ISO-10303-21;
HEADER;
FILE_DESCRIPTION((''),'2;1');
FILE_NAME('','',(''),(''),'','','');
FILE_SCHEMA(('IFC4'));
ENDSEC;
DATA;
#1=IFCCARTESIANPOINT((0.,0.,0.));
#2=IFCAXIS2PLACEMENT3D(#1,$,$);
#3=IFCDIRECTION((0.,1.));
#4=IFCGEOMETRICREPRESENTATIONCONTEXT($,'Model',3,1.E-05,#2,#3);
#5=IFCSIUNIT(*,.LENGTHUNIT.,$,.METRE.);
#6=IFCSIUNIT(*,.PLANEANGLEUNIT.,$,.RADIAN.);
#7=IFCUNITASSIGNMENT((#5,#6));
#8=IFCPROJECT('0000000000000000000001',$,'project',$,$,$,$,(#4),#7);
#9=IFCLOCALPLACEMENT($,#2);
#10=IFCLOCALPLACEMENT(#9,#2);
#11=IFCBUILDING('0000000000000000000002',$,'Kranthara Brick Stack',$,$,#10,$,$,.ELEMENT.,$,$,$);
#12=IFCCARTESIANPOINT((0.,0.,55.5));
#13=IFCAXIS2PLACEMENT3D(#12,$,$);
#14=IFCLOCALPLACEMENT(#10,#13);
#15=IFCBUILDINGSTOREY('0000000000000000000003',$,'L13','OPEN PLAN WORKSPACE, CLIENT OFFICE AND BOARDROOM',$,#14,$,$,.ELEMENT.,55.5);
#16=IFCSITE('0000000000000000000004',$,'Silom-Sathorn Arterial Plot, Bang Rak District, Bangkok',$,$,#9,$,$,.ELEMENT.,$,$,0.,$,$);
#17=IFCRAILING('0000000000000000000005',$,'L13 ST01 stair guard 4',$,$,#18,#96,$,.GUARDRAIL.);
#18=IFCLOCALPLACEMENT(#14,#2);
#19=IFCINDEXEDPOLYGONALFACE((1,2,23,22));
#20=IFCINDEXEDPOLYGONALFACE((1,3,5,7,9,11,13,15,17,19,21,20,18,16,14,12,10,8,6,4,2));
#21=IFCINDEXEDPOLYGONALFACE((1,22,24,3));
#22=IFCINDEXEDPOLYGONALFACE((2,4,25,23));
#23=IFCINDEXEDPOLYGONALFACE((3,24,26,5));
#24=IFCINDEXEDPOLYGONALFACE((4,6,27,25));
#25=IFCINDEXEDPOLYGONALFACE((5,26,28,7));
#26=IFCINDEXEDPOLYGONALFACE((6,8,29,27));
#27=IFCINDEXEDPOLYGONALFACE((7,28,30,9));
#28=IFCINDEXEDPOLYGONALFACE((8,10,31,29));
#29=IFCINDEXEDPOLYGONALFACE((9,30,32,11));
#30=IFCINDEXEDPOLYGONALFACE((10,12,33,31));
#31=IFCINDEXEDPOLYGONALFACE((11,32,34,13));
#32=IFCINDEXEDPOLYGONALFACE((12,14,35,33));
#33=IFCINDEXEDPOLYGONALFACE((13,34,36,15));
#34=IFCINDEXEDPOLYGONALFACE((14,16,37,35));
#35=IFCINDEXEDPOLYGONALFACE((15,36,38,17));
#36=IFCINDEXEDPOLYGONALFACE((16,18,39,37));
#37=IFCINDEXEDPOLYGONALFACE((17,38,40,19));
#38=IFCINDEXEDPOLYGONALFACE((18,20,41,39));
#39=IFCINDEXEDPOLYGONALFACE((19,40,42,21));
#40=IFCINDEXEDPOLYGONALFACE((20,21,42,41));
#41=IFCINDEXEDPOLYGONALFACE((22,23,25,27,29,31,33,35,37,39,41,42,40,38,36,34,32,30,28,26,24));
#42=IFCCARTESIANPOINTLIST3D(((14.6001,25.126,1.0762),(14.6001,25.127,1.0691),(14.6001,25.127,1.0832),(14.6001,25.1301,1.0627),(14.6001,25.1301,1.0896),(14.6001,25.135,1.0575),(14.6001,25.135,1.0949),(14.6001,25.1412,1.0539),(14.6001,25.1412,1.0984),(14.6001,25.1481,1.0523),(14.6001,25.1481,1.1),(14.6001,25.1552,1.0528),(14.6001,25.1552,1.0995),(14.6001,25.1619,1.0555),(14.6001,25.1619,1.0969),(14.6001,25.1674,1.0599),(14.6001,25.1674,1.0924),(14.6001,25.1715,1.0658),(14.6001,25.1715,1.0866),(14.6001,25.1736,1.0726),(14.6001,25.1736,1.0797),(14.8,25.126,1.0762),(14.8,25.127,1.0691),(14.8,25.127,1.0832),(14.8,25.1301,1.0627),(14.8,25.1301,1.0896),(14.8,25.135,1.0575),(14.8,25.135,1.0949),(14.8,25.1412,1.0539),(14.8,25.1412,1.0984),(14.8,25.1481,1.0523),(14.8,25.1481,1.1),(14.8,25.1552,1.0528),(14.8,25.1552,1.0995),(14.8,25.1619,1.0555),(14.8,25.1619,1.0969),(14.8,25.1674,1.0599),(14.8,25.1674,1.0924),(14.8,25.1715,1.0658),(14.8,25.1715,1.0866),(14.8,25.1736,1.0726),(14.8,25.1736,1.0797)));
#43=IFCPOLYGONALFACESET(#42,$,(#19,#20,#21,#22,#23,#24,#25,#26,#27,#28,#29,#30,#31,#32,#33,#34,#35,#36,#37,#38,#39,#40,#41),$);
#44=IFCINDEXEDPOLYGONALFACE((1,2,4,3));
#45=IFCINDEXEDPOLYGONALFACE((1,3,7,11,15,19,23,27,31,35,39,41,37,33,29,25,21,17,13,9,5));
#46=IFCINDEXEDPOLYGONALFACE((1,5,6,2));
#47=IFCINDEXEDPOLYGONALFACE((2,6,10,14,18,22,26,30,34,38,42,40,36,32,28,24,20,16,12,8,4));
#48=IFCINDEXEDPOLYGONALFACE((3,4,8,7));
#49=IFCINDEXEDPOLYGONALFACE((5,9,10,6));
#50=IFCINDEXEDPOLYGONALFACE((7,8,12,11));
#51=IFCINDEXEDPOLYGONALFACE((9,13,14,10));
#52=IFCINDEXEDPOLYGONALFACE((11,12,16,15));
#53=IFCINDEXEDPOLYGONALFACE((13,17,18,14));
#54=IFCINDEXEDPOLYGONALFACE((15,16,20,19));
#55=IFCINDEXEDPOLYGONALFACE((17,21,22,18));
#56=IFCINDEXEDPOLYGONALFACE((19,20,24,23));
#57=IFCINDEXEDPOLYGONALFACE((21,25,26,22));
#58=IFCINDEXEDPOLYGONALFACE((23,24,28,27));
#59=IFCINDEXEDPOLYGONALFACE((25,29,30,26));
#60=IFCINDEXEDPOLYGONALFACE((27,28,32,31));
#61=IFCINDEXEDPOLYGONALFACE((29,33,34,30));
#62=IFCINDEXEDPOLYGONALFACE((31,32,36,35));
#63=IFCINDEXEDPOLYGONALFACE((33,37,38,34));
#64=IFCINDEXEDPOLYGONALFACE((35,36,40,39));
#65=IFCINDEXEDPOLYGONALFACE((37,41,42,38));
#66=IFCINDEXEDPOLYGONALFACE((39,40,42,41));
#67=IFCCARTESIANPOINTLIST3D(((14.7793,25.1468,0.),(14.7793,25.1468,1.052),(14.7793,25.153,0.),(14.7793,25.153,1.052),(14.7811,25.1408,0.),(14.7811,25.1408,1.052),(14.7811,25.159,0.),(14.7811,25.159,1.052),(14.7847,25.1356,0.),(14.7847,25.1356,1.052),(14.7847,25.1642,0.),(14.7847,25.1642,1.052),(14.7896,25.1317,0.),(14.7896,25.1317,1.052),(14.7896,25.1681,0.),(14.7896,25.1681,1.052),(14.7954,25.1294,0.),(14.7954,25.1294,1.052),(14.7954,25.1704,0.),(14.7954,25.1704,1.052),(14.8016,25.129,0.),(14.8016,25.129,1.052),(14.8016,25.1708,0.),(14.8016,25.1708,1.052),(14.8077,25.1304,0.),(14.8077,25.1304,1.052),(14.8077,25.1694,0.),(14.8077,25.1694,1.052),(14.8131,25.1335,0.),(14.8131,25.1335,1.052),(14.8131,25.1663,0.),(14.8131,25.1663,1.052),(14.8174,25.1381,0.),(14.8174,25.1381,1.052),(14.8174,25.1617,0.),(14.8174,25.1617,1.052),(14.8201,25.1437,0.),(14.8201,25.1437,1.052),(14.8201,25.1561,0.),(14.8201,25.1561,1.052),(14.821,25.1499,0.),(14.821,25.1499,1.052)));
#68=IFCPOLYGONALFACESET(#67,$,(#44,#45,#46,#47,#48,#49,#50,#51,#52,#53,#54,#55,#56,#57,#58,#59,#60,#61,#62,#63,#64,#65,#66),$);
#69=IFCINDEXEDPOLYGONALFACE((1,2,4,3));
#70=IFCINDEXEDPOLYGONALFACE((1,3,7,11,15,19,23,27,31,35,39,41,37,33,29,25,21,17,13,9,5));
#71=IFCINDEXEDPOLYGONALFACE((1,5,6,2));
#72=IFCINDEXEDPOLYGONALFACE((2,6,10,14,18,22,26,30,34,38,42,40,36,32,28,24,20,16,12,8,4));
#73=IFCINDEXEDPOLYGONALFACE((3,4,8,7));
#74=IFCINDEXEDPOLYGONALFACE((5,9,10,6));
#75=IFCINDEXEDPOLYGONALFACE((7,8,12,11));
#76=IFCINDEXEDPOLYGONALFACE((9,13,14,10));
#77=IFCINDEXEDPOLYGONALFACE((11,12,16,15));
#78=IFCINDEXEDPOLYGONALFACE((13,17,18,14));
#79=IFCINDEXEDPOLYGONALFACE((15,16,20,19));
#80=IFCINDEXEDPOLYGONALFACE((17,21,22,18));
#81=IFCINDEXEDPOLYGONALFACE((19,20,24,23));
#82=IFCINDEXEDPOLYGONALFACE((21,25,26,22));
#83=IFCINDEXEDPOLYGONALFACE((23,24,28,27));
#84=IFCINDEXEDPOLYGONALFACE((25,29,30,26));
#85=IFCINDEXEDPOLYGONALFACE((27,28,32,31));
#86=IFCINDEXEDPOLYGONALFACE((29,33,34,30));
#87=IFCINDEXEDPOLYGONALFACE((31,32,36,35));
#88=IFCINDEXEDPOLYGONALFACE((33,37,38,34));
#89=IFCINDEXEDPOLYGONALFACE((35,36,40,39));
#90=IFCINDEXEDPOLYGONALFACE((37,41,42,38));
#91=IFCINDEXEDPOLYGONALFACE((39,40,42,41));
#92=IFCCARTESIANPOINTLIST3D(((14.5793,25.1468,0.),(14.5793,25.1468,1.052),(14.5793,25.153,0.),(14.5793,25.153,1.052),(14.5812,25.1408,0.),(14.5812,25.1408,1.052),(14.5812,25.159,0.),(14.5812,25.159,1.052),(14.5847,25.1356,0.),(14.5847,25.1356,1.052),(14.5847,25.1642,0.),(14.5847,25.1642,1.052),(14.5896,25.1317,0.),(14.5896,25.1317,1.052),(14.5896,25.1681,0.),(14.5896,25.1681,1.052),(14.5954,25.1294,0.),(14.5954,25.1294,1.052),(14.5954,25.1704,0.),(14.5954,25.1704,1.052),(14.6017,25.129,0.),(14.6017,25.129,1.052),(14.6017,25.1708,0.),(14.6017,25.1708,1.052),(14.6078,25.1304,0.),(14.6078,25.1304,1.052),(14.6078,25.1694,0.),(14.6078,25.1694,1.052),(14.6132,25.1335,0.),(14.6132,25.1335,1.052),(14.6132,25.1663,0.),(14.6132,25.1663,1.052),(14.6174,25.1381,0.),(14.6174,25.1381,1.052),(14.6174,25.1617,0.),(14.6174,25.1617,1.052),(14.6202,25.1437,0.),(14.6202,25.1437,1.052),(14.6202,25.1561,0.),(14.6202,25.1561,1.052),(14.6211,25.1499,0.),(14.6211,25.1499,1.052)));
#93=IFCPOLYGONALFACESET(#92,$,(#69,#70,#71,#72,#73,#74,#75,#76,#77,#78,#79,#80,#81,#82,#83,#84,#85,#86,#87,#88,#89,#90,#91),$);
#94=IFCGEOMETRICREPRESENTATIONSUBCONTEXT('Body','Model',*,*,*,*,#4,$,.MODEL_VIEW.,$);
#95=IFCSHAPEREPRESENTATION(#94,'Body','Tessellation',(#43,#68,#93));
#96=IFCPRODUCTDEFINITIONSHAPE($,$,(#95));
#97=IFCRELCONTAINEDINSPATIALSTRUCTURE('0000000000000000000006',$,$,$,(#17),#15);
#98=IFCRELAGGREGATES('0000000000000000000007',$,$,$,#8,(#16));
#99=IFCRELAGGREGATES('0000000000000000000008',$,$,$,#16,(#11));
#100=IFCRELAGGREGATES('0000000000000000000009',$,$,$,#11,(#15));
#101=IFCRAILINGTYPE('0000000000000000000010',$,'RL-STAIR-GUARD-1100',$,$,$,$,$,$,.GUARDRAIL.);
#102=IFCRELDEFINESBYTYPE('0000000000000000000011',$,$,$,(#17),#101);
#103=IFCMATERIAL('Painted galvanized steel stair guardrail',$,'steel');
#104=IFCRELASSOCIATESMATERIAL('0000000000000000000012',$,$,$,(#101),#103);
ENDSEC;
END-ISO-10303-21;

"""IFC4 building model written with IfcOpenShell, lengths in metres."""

from ifc_helpers import new_model, si_unit, direction, frame, origin, origin_2d, place, context, subcontext, project, spatial, circle, extrude, material, type_object, element, save


model = new_model("IFC4")

# Units and contexts
model_context = context("Model", 3, precision=1e-05, world=origin(), true_north=direction((0.0, 1.0)))
body_context = subcontext(model_context, "Body", "Model", "MODEL_VIEW")
ifc_project = project(units=[si_unit("LENGTHUNIT", "METRE"), si_unit("PLANEANGLEUNIT", "RADIAN")], contexts=[model_context])

# Site, building, storey
site_placement = place(None, origin())
site = spatial("IfcSite", under=ifc_project, at=site_placement, Name="Silom-Sathorn Arterial Plot, Bang Rak District, Bangkok", CompositionType="ELEMENT", RefElevation=0.0)
building_placement = place(site_placement, origin())
building = spatial("IfcBuilding", under=site, at=building_placement, Name="Kranthara Brick Stack", CompositionType="ELEMENT")
storey_placement = place(building_placement, frame((0.0, 0.0, 55.5)))
storey = spatial("IfcBuildingStorey", under=building, at=storey_placement, Name="L13", Description="OPEN PLAN WORKSPACE, CLIENT OFFICE AND BOARDROOM", CompositionType="ELEMENT", Elevation=55.5)

# Railing
ifc_material_1 = material(Name="Painted galvanized steel stair guardrail", Category="steel")
railing_type_1 = type_object("IfcRailingType", Name="RL-STAIR-GUARD-1100", PredefinedType="GUARDRAIL", material=ifc_material_1)
railing_1_placement = place(storey_placement, frame((14.8, 25.1499, 0.0)))
element("IfcRailing", 1, at=railing_1_placement, inside=storey, type_object=railing_type_1, Name="L13 ST01 stair guard 4", PredefinedType="GUARDRAIL", context=body_context, shape_type="SweptSolid", body=[
    extrude(circle(Radius=0.0239, at=origin_2d()), frame((0.0, 0.0, 1.0762), z_axis=(-1.0, 0.0, 0.0), x_axis=(0.0, -1.0, 0.0)), (0.0, 0.0, 1.0), 0.2),
    extrude(circle(Radius=0.021, at=origin_2d()), origin(), (0.0, 0.0, 1.0), 1.052),
    extrude(circle(Radius=0.021, at=origin_2d()), frame((-0.2, 0.0, 0.0)), (0.0, 0.0, 1.0), 1.052),
])

save(model, "model.ifc")
